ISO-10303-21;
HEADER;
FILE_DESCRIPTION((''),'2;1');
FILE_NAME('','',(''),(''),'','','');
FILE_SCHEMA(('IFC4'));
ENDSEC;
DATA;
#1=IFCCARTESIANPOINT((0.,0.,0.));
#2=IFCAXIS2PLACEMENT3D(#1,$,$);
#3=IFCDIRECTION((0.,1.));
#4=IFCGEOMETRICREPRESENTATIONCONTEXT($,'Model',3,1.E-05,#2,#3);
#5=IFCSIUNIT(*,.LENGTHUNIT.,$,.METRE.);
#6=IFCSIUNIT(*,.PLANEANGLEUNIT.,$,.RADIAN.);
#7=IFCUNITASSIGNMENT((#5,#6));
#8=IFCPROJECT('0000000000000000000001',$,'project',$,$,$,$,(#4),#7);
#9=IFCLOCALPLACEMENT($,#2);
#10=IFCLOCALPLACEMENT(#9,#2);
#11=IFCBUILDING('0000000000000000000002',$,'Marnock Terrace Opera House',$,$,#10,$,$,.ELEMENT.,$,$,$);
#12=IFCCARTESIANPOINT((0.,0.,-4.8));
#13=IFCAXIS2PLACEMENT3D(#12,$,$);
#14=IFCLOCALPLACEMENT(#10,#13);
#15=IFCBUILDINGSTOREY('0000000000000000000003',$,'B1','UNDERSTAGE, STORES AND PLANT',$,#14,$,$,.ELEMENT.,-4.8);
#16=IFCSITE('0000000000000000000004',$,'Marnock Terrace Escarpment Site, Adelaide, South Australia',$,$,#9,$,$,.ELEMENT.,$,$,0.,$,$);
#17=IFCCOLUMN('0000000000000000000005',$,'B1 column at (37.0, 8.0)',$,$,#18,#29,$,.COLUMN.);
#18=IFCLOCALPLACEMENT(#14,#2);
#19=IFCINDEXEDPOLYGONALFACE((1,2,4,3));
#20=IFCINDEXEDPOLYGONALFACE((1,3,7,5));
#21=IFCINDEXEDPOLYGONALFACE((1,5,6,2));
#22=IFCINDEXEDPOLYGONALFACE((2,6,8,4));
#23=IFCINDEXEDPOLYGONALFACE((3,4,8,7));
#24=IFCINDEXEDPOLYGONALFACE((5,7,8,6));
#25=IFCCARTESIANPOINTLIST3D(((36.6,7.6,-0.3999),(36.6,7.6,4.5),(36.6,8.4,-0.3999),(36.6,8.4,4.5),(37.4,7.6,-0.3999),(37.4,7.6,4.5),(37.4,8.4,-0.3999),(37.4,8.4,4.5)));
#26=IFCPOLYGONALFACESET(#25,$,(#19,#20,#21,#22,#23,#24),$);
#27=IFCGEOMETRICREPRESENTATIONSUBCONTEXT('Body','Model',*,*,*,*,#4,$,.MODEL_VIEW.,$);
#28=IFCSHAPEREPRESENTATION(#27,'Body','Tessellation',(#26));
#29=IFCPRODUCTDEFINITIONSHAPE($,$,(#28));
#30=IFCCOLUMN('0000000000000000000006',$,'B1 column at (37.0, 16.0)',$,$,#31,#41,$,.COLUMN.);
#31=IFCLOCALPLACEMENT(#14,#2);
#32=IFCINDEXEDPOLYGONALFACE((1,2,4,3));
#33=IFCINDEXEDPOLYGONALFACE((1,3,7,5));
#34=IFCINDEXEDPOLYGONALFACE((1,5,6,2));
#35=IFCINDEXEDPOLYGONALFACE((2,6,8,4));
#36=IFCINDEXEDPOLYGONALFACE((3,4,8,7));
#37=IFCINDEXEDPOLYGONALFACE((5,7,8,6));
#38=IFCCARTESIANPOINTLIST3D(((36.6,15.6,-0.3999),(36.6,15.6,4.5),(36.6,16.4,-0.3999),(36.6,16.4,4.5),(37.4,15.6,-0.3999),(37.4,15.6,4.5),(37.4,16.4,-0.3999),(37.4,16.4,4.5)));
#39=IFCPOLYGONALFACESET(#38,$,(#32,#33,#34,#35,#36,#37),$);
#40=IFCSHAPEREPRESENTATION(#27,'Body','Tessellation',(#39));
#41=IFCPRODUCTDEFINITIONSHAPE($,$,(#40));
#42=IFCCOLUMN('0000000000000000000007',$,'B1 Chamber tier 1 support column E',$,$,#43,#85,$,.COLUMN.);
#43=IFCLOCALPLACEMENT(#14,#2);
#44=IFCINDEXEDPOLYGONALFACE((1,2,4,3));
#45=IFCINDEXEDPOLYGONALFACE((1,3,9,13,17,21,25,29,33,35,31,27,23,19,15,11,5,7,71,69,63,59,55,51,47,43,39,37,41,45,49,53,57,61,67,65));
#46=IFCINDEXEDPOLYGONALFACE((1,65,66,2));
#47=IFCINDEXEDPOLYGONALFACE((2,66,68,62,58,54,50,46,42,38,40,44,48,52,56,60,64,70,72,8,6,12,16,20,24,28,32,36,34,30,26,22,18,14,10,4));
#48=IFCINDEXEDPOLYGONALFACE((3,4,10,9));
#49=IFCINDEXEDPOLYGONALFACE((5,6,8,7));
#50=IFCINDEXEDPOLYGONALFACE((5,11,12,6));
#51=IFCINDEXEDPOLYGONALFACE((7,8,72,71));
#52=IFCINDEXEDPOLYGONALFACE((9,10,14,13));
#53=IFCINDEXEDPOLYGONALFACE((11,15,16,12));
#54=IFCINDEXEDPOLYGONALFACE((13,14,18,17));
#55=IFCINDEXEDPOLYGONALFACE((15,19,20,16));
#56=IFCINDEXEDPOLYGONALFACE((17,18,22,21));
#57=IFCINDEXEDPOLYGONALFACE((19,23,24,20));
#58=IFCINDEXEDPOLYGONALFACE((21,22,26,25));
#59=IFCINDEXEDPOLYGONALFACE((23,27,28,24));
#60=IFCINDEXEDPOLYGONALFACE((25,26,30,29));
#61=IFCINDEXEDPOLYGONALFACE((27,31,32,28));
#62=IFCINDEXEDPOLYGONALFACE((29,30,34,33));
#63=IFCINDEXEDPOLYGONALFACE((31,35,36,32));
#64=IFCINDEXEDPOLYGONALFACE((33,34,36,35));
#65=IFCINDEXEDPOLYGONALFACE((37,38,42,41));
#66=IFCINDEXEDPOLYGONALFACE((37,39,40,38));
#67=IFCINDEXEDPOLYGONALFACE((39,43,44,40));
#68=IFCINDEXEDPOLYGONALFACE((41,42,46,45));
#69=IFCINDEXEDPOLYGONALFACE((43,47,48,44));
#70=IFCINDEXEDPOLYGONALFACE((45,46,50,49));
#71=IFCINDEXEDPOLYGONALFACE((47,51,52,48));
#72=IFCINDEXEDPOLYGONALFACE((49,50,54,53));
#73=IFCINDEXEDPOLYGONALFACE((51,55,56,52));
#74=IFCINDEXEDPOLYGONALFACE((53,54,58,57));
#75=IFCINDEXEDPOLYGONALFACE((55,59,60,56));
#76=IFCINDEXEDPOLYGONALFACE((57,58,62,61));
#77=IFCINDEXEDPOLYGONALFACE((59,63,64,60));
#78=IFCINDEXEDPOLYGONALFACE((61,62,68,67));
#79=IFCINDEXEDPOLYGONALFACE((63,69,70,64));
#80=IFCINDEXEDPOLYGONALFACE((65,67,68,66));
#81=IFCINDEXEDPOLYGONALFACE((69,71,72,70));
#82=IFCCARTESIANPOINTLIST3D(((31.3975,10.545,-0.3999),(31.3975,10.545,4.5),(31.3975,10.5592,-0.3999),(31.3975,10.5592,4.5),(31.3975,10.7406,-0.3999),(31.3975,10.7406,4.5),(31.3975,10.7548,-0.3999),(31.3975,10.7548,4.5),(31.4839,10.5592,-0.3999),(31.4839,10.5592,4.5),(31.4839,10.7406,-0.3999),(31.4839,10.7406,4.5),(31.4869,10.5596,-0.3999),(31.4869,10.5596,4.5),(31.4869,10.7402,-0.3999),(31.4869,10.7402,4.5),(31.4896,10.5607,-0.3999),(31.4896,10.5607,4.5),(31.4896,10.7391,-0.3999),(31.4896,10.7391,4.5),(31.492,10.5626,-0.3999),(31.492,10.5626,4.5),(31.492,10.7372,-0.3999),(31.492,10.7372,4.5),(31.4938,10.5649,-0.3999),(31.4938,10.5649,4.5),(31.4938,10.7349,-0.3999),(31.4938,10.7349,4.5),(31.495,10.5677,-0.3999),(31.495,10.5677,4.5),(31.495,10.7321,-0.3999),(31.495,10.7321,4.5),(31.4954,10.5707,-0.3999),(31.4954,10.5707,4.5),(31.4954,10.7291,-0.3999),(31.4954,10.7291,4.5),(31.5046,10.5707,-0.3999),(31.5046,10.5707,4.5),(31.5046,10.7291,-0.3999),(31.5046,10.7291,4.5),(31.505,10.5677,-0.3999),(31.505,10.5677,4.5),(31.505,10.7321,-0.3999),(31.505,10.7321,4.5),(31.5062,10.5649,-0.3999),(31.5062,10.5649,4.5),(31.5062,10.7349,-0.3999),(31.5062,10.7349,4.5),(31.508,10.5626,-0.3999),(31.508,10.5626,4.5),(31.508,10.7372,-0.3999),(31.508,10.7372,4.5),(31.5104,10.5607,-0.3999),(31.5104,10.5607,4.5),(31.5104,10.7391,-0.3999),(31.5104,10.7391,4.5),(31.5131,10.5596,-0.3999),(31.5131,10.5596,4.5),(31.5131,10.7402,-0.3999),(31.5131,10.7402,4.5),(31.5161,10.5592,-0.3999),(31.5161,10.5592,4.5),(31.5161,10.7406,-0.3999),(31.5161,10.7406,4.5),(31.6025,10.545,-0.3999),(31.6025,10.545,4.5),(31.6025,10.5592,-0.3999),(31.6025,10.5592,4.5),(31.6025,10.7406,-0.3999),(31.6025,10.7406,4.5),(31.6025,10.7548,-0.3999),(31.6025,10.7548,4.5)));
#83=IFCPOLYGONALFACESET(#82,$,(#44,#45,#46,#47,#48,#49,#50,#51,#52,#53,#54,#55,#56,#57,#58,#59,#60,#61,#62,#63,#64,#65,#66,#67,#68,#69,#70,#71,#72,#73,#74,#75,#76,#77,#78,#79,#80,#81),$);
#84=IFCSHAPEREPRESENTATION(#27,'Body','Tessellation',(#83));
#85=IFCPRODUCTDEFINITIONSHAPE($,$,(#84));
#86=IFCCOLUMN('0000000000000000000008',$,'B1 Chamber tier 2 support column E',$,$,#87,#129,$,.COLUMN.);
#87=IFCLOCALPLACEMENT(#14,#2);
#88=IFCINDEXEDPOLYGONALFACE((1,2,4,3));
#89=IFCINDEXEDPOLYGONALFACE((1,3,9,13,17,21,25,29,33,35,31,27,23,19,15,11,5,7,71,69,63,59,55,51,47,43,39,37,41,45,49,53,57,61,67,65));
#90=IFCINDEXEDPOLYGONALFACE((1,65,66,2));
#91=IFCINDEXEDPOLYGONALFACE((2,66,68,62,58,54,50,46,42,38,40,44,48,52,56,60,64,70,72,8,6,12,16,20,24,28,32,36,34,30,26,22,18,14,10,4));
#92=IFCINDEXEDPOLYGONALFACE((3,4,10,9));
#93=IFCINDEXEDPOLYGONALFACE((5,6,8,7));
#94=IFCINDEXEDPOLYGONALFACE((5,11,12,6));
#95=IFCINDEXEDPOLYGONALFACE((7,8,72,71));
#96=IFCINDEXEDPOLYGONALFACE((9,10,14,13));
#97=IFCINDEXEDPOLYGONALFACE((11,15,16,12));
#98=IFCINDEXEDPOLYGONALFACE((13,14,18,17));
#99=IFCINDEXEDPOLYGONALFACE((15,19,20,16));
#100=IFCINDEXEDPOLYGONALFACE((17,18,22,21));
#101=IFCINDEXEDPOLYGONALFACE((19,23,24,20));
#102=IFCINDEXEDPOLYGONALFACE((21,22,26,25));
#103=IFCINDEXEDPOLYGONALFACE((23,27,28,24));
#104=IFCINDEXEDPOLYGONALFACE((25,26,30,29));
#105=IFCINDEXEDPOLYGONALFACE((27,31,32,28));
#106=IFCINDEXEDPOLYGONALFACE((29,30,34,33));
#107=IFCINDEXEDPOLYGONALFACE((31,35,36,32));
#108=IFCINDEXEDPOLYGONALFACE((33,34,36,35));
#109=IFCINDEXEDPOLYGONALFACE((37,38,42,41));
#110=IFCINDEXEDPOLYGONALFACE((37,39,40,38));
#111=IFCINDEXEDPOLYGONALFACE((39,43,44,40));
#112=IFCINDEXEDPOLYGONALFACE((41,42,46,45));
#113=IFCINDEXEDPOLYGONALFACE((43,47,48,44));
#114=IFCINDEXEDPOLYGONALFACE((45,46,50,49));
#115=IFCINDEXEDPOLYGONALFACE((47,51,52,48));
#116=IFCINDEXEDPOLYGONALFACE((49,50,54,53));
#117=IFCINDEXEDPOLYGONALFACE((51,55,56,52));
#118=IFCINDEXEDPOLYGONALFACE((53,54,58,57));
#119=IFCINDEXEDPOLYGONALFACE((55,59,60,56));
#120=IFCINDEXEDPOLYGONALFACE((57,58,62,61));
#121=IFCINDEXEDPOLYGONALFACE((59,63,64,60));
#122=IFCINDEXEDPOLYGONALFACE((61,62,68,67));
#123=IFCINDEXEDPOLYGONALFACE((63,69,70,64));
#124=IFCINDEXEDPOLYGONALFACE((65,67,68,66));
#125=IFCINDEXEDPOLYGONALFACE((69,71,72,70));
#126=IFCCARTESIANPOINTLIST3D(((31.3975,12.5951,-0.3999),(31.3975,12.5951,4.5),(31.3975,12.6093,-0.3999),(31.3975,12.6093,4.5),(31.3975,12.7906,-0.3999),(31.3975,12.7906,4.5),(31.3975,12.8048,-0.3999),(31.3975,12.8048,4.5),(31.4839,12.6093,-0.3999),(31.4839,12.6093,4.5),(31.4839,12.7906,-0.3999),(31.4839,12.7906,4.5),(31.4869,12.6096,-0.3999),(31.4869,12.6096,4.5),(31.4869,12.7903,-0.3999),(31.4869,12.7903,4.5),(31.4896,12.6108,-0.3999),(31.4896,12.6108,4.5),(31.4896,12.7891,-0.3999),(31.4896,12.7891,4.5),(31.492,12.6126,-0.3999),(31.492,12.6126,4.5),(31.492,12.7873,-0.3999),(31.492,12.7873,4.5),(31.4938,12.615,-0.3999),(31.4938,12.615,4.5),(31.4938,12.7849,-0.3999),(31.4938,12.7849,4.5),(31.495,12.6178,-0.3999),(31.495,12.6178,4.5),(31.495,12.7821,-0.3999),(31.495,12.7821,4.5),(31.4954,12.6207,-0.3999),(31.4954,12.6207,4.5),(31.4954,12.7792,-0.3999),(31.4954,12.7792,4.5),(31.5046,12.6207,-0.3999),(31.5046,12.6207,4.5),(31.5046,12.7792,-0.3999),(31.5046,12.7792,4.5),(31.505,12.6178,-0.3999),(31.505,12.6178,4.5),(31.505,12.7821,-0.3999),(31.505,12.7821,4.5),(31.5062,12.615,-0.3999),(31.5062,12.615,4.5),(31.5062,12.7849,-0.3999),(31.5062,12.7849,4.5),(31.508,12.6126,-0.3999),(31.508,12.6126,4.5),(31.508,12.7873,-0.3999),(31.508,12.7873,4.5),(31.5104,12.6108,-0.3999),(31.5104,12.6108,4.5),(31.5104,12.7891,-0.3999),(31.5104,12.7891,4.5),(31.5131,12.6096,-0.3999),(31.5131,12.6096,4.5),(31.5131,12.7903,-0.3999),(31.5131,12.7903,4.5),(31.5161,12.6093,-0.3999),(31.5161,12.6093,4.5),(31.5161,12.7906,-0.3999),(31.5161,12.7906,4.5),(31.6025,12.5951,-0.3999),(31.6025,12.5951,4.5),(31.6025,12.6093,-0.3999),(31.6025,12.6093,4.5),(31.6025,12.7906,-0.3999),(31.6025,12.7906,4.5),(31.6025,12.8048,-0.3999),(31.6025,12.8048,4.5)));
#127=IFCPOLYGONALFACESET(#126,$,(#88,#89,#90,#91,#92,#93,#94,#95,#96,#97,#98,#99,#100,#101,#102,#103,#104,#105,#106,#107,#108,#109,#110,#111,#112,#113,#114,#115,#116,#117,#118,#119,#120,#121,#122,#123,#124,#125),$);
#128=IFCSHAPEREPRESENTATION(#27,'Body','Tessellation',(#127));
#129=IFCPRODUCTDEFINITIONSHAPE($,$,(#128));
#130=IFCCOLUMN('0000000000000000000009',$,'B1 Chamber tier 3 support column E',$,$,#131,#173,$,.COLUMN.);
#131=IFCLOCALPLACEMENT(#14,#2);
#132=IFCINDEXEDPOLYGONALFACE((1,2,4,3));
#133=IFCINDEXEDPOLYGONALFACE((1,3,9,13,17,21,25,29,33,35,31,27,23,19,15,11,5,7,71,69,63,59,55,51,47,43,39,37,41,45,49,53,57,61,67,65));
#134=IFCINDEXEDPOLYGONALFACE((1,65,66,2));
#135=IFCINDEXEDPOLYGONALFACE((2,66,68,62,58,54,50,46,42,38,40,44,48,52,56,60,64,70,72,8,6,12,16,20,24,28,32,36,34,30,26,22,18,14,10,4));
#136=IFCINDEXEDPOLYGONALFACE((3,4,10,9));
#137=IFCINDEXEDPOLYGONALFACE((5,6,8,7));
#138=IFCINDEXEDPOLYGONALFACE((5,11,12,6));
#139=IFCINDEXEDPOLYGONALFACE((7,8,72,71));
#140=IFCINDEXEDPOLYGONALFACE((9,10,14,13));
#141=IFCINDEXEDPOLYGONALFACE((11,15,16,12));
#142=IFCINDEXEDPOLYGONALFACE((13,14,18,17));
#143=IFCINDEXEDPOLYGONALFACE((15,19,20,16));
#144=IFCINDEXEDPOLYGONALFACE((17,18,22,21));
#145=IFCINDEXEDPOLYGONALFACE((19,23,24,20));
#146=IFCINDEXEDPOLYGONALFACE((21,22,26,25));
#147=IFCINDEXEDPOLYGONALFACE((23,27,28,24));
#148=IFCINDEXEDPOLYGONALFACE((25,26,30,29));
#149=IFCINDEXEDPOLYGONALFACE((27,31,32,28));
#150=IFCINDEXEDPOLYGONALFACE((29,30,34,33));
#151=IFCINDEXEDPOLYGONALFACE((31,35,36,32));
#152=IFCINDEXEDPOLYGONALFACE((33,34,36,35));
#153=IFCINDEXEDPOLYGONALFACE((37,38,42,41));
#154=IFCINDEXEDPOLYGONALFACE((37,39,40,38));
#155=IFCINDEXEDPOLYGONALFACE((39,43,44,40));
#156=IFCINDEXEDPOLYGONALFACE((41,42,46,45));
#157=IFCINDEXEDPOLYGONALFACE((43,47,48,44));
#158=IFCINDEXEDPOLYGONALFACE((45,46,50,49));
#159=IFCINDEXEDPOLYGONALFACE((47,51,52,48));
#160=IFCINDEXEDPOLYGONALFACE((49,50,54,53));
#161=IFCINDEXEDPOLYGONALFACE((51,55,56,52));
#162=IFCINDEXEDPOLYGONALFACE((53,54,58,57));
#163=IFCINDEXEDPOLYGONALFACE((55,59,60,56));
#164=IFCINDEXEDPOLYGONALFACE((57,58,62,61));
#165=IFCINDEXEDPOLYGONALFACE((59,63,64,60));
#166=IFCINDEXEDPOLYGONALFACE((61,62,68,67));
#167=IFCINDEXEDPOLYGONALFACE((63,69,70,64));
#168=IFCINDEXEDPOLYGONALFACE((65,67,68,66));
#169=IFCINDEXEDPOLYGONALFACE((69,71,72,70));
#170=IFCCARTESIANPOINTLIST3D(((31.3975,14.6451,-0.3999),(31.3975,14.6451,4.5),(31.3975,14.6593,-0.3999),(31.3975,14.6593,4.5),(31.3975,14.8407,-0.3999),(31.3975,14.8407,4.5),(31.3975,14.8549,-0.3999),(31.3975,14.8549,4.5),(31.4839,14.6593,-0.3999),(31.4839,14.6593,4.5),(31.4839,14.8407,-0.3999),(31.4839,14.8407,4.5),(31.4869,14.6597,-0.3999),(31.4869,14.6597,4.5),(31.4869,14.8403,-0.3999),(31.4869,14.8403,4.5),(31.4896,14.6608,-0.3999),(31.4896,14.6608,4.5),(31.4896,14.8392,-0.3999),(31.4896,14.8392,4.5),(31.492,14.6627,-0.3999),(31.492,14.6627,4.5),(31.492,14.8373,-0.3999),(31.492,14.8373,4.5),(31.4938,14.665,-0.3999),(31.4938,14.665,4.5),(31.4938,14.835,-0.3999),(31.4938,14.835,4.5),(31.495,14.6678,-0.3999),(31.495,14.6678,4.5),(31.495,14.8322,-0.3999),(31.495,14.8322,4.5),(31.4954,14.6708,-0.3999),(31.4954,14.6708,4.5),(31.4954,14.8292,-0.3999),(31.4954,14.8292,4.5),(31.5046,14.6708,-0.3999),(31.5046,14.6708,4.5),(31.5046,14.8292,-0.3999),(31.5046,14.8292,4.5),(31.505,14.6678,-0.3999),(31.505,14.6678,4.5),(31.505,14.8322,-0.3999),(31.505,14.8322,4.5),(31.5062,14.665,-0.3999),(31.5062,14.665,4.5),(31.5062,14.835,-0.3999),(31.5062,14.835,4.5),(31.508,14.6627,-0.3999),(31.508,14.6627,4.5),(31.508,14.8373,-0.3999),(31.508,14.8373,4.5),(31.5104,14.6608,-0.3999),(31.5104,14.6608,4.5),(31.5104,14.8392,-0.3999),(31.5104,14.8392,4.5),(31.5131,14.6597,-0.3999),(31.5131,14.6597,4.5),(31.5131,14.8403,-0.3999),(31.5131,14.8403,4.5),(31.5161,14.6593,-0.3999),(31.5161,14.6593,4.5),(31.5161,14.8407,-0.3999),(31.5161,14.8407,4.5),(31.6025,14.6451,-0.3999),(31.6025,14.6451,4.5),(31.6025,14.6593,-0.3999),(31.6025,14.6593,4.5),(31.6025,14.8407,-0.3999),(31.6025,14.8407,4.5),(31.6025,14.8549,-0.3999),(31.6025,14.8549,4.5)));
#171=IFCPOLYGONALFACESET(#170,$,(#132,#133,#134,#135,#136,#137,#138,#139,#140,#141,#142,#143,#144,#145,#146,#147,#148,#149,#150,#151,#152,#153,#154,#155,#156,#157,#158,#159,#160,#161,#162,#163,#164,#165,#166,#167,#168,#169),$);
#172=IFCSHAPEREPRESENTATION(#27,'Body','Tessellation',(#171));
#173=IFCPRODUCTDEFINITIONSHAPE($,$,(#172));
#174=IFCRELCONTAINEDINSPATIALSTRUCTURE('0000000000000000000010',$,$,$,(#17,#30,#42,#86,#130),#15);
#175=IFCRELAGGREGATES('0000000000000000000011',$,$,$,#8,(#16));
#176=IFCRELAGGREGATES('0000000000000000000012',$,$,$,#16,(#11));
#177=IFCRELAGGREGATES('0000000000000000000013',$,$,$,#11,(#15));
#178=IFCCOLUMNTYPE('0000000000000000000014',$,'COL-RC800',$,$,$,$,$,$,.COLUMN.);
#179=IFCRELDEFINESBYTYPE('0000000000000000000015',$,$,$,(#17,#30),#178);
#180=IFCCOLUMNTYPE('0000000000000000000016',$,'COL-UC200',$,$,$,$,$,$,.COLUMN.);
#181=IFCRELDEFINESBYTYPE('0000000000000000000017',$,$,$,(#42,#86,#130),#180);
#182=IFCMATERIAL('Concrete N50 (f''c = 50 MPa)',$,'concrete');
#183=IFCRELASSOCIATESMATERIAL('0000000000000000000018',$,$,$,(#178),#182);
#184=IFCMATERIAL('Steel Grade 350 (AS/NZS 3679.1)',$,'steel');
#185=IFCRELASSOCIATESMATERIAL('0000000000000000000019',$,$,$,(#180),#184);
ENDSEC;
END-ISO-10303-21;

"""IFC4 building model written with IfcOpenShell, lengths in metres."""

from ifc_helpers import new_model, si_unit, direction, frame, origin, origin_2d, place, context, subcontext, project, spatial, rectangle, i_section, extrude, material, material_profile, profile_set, type_object, element, save


model = new_model("IFC4")

# Units and contexts
model_context = context("Model", 3, precision=1e-05, world=origin(), true_north=direction((0.0, 1.0)))
body_context = subcontext(model_context, "Body", "Model", "MODEL_VIEW")
ifc_project = project(units=[si_unit("LENGTHUNIT", "METRE"), si_unit("PLANEANGLEUNIT", "RADIAN")], contexts=[model_context])

# Site, building, storey
site_placement = place(None, origin())
site = spatial("IfcSite", under=ifc_project, at=site_placement, Name="Marnock Terrace Escarpment Site, Adelaide, South Australia", CompositionType="ELEMENT", RefElevation=0.0)
building_placement = place(site_placement, origin())
building = spatial("IfcBuilding", under=site, at=building_placement, Name="Marnock Terrace Opera House", CompositionType="ELEMENT")
storey_placement = place(building_placement, frame((0.0, 0.0, -4.8)))
storey = spatial("IfcBuildingStorey", under=building, at=storey_placement, Name="B1", Description="UNDERSTAGE, STORES AND PLANT", CompositionType="ELEMENT", Elevation=-4.8)

# Columns
ifc_material_1 = material(Name="Concrete N50 (f'c = 50 MPa)", Category="concrete")
ifc_material_profile_1 = material_profile(ifc_material_1, rectangle(XDim=0.8, YDim=0.8, at=origin_2d()))
ifc_profile_set_1 = profile_set([ifc_material_profile_1], Name="Concrete N50 (f'c = 50 MPa)")
column_type_1 = type_object("IfcColumnType", Name="COL-RC800", PredefinedType="COLUMN", material=ifc_profile_set_1)
for number, where, z_axis, x_axis, name in (
    (1, (37.0, 8.0, -0.3999), (0.0, 0.0, 1.0), (1.0, 0.0, 0.0), "B1 column at (37.0, 8.0)"),
    (2, (37.0, 16.0, -0.3999), (0.0, 0.0, 1.0), (1.0, 0.0, 0.0), "B1 column at (37.0, 16.0)"),
):
    element("IfcColumn", number, at=place(storey_placement, frame(where, z_axis=z_axis, x_axis=x_axis)), inside=storey, type_object=column_type_1, Name=name, PredefinedType="COLUMN", context=body_context, shape_type="SweptSolid", body=[
        extrude(rectangle(XDim=0.8, YDim=0.8, at=origin_2d()), origin(), (0.0, 0.0, 1.0), 4.8999),
    ])
ifc_material_2 = material(Name="Steel Grade 350 (AS/NZS 3679.1)", Category="steel")
ifc_material_profile_2 = material_profile(ifc_material_2, i_section(OverallWidth=0.2051, OverallDepth=0.2097, WebThickness=0.0093, FlangeThickness=0.0142, FilletRadius=0.0115, at=origin_2d()))
ifc_profile_set_2 = profile_set([ifc_material_profile_2], Name="Steel Grade 350 (AS/NZS 3679.1)")
column_type_2 = type_object("IfcColumnType", Name="COL-UC200", PredefinedType="COLUMN", material=ifc_profile_set_2)
for number, where, z_axis, x_axis, name in (
    (3, (31.5, 10.6499, -0.3999), (0.0, 0.0, 1.0), (1.0, 0.0, 0.0), "B1 Chamber tier 1 support column E"),
    (4, (31.5, 12.7, -0.3999), (0.0, 0.0, 1.0), (1.0, 0.0, 0.0), "B1 Chamber tier 2 support column E"),
    (5, (31.5, 14.75, -0.3999), (0.0, 0.0, 1.0), (1.0, 0.0, 0.0), "B1 Chamber tier 3 support column E"),
):
    element("IfcColumn", number, at=place(storey_placement, frame(where, z_axis=z_axis, x_axis=x_axis)), inside=storey, type_object=column_type_2, Name=name, PredefinedType="COLUMN", context=body_context, shape_type="SweptSolid", body=[
        extrude(i_section(OverallWidth=0.2051, OverallDepth=0.2097, WebThickness=0.0093, FlangeThickness=0.0142, FilletRadius=0.0115, at=origin_2d()), origin(), (0.0, 0.0, 1.0), 4.8999),
    ])

save(model, "model.ifc")
